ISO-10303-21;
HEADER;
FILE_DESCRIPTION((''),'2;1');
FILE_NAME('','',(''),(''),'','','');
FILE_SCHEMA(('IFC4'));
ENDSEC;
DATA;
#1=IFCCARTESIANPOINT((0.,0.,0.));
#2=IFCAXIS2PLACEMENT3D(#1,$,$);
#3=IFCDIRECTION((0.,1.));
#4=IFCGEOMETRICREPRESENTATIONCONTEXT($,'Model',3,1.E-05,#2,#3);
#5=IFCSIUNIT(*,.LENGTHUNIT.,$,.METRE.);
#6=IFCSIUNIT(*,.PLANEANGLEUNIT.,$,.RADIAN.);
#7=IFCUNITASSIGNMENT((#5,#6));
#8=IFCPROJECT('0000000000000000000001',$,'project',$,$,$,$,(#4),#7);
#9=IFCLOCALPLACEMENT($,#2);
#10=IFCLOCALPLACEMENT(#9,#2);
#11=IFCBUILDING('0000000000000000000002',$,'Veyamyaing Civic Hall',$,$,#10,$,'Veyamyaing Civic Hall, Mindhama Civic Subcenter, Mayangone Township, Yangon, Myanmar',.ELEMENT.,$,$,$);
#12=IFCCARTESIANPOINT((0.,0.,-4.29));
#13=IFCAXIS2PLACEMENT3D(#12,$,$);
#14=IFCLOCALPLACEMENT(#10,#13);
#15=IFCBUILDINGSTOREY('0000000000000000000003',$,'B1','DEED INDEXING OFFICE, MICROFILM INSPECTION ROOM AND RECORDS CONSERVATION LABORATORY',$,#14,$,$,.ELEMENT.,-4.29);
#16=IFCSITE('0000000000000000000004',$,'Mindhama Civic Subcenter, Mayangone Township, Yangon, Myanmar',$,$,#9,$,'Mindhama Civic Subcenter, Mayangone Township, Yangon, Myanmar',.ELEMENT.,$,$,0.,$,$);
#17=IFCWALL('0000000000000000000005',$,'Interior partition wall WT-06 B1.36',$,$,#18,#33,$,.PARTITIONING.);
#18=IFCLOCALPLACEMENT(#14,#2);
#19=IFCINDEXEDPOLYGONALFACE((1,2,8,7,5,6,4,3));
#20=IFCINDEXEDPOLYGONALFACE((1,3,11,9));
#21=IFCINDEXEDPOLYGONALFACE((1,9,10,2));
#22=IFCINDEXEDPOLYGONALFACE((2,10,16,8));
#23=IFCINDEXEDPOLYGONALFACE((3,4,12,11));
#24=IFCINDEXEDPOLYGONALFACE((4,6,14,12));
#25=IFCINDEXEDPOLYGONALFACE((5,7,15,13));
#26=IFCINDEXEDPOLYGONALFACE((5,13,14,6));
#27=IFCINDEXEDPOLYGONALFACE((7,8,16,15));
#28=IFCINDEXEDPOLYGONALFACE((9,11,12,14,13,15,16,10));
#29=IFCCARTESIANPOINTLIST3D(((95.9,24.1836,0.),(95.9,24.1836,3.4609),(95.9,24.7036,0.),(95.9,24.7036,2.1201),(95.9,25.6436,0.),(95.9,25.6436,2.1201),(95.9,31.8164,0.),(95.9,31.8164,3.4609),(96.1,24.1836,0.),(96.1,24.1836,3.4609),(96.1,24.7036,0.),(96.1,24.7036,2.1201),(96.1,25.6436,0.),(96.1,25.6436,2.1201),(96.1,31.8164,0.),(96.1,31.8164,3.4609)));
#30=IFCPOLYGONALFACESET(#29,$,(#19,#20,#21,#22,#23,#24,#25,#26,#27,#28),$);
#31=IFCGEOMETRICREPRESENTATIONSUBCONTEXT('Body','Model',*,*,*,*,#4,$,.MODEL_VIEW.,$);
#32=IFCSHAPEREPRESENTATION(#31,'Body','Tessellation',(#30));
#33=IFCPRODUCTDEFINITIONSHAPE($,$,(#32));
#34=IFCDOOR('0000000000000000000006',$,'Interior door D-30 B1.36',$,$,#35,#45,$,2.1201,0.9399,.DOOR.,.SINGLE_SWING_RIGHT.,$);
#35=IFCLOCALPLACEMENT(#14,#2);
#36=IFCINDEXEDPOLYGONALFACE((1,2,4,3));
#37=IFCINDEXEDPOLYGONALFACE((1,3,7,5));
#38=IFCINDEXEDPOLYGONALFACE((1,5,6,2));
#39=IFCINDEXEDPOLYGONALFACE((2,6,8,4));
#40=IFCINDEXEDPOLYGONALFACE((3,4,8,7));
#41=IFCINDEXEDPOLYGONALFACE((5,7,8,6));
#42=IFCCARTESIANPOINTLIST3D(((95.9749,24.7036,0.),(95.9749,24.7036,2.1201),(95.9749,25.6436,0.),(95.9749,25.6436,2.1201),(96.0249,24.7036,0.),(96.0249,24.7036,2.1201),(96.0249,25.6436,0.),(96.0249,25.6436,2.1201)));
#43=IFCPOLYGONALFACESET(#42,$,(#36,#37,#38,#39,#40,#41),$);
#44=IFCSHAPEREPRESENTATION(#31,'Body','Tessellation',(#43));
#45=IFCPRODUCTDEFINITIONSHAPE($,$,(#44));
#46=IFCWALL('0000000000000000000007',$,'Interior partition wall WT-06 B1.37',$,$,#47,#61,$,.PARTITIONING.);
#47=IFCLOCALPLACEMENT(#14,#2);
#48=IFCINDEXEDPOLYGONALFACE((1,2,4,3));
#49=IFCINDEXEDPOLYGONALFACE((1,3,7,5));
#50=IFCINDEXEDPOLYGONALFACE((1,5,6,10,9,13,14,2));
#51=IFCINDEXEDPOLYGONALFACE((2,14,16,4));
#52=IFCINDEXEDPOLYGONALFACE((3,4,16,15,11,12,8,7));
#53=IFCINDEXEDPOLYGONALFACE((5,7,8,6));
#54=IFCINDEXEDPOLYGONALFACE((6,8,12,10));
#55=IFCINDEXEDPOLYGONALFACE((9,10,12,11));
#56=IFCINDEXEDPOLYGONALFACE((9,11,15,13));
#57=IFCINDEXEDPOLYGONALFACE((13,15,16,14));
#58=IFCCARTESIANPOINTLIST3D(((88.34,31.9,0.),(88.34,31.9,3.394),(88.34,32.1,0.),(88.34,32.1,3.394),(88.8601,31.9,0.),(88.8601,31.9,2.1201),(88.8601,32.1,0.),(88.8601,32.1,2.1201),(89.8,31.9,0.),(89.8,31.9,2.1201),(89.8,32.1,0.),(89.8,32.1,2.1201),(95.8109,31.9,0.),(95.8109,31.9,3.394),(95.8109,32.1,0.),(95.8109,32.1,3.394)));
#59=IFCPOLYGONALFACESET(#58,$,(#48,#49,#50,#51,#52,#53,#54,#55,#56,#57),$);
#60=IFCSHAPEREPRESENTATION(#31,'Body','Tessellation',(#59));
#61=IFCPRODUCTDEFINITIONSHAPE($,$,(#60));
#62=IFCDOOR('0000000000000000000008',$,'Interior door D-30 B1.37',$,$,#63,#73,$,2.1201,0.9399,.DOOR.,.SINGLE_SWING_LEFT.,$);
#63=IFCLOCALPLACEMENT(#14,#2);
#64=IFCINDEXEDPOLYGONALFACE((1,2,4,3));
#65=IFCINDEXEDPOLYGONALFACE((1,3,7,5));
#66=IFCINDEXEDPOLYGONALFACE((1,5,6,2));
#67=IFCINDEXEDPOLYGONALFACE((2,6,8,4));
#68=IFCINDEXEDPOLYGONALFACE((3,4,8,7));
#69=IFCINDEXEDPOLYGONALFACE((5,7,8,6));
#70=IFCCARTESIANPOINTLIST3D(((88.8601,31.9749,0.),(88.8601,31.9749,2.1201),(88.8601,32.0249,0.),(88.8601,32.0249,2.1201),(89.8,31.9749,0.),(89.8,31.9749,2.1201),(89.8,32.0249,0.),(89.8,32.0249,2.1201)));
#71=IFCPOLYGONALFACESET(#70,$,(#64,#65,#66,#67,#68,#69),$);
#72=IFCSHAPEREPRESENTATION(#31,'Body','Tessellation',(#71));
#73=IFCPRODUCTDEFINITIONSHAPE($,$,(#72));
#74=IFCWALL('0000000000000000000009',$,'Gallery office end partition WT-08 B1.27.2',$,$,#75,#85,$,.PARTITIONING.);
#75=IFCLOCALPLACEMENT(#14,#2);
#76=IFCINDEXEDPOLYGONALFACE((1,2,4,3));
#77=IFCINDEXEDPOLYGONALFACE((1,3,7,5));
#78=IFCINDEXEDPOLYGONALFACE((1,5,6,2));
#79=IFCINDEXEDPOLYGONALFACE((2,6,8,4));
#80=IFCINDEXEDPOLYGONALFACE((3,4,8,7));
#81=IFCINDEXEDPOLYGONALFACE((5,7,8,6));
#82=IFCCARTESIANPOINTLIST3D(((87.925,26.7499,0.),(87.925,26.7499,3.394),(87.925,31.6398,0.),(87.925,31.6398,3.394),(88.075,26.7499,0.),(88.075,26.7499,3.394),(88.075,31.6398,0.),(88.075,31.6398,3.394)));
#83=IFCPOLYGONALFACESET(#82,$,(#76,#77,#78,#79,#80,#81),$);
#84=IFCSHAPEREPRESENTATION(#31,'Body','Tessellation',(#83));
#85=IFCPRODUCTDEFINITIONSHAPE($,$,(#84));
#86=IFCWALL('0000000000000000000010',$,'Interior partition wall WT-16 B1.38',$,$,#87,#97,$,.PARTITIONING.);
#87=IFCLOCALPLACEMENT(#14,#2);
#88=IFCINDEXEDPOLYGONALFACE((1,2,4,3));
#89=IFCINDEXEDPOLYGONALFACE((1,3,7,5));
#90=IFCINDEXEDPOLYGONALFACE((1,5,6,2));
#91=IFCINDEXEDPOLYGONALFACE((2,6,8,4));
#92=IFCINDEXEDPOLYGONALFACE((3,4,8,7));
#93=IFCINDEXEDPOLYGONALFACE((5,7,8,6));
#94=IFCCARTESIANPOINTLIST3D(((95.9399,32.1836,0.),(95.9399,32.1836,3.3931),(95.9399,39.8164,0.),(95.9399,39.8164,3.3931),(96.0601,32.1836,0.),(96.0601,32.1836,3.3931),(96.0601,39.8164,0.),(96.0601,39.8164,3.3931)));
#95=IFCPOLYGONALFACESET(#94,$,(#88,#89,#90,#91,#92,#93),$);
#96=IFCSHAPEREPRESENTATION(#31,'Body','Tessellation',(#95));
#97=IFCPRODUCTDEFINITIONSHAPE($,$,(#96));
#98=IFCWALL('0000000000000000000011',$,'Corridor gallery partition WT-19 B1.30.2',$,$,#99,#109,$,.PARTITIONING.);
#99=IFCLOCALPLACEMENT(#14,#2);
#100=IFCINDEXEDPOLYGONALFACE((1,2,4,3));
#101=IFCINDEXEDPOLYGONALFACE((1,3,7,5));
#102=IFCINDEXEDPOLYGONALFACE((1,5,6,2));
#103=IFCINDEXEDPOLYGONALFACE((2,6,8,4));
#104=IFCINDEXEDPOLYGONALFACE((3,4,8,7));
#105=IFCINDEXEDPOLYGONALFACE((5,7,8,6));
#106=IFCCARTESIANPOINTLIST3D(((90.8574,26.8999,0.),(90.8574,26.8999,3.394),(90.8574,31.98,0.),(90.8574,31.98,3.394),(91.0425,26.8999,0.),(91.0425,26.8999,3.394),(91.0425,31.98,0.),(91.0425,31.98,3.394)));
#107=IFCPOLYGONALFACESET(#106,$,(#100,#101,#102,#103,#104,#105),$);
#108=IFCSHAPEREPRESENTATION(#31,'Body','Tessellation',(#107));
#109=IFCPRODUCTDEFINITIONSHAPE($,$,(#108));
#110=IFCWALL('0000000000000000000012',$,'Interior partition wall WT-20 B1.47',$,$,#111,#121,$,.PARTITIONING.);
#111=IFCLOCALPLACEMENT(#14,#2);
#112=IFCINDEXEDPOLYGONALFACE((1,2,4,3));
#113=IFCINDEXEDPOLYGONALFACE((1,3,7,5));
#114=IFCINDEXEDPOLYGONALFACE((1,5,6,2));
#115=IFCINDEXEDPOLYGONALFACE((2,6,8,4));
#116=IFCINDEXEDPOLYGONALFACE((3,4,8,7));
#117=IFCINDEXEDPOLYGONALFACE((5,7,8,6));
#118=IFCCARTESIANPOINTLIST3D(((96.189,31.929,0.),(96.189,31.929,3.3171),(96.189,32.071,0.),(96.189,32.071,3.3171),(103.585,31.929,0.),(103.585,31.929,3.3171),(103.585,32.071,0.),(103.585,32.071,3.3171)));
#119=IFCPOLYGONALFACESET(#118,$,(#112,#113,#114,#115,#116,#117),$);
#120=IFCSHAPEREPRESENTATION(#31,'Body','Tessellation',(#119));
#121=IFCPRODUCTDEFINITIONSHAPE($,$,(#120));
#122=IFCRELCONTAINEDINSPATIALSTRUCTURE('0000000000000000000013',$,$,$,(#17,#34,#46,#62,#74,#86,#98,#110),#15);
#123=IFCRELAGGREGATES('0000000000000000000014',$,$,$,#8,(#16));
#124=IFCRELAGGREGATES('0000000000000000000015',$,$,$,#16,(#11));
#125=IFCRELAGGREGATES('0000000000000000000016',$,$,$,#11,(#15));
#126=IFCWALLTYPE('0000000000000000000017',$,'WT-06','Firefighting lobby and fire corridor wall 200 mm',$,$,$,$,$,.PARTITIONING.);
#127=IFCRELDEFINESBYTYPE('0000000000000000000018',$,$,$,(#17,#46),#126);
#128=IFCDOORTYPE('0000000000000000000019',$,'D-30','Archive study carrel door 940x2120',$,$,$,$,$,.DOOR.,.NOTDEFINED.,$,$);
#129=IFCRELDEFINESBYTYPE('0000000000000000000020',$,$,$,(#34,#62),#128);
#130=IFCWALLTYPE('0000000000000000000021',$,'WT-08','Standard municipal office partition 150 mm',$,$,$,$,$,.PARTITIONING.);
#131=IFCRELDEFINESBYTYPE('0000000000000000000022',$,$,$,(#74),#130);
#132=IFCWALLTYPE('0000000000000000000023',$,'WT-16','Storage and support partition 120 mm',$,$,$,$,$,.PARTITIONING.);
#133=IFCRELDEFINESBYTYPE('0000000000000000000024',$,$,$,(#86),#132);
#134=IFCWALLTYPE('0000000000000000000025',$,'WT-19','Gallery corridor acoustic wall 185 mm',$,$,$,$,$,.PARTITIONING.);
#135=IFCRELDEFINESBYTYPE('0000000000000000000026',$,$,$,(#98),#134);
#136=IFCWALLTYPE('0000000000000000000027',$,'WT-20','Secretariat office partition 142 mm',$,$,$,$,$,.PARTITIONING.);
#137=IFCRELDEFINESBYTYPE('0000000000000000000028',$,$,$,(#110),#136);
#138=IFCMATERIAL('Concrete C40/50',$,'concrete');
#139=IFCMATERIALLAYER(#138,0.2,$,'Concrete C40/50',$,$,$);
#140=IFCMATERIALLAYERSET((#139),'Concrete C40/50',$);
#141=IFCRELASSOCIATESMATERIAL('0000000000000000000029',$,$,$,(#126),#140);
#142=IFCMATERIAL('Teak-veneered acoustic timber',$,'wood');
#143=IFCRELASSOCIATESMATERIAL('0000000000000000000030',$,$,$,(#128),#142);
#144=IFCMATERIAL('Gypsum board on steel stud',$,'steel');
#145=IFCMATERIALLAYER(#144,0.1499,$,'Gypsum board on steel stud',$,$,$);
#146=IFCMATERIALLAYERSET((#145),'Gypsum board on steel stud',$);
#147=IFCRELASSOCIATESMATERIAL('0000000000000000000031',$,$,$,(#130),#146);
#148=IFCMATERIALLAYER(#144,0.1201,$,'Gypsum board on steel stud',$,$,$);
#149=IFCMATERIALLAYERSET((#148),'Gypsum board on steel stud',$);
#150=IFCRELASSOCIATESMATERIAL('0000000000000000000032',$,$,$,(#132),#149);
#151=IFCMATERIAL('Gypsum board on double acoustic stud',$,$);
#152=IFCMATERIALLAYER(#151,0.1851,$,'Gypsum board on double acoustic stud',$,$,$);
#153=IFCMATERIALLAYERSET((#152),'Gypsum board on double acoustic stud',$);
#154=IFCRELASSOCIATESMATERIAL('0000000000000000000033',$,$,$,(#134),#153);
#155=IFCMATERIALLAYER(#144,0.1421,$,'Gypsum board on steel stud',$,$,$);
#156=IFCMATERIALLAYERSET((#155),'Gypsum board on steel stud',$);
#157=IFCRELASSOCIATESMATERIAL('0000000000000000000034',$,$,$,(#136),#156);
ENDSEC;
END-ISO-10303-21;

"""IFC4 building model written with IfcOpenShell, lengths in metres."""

from ifc_helpers import new_model, si_unit, direction, frame, frame_2d, origin, place, context, subcontext, project, spatial, rectangle, extrude, material, layer, layer_set, type_object, element, fill, save


model = new_model("IFC4")

# Units and contexts
model_context = context("Model", 3, precision=1e-05, world=origin(), true_north=direction((0.0, 1.0)))
body_context = subcontext(model_context, "Body", "Model", "MODEL_VIEW")
ifc_project = project(units=[si_unit("LENGTHUNIT", "METRE"), si_unit("PLANEANGLEUNIT", "RADIAN")], contexts=[model_context])

# Site, building, storey
site_placement = place(None, origin())
site = spatial("IfcSite", under=ifc_project, at=site_placement, Name="Mindhama Civic Subcenter, Mayangone Township, Yangon, Myanmar", LongName="Mindhama Civic Subcenter, Mayangone Township, Yangon, Myanmar", CompositionType="ELEMENT", RefElevation=0.0)
building_placement = place(site_placement, origin())
building = spatial("IfcBuilding", under=site, at=building_placement, Name="Veyamyaing Civic Hall", LongName="Veyamyaing Civic Hall, Mindhama Civic Subcenter, Mayangone Township, Yangon, Myanmar", CompositionType="ELEMENT")
storey_placement = place(building_placement, frame((0.0, 0.0, -4.29)))
storey = spatial("IfcBuildingStorey", under=building, at=storey_placement, Name="B1", Description="DEED INDEXING OFFICE, MICROFILM INSPECTION ROOM AND RECORDS CONSERVATION LABORATORY", CompositionType="ELEMENT", Elevation=-4.29)

# Shared definitions
ifc_material_1 = material(Name="Concrete C40/50", Category="concrete")

# Walls, openings, doors
ifc_layer_1 = layer(ifc_material_1, 0.2, Name="Concrete C40/50")
ifc_layer_set_1 = layer_set([ifc_layer_1], Name="Concrete C40/50")
wall_type_1 = type_object("IfcWallType", Name="WT-06", Description="Firefighting lobby and fire corridor wall 200 mm", PredefinedType="PARTITIONING", material=ifc_layer_set_1)
wall_1_placement = place(storey_placement, frame((96.0, 24.1836, 0.0), z_axis=(0.0, 0.0, 1.0), x_axis=(0.0, 1.0, 0.0)))
wall_1 = element("IfcWall", 1, at=wall_1_placement, inside=storey, type_object=wall_type_1, Name="Interior partition wall WT-06 B1.36", PredefinedType="PARTITIONING", context=body_context, shape_type="SweptSolid", body=[
    extrude(rectangle(XDim=7.6328, YDim=0.2, at=frame_2d((3.8164, 0.0))), origin(), (0.0, 0.0, 1.0), 3.4609),
])
opening_1_placement = place(wall_1_placement, frame((0.52, 0.0, 0.0)))
opening_1 = element("IfcOpeningElement", 2, at=opening_1_placement, cuts=wall_1, PredefinedType="OPENING", context=body_context, shape_type="SweptSolid", body=[
    extrude(rectangle(XDim=0.9399, YDim=2.1201, at=frame_2d((0.47, 1.0601))), frame((0.0, 0.1099, 0.0), z_axis=(0.0, -1.0, 0.0), x_axis=(1.0, 0.0, 0.0)), (0.0, 0.0, 1.0), 0.22),
])
ifc_material_2 = material(Name="Teak-veneered acoustic timber", Category="wood")
door_type_1 = type_object("IfcDoorType", Name="D-30", Description="Archive study carrel door 940x2120", OperationType="NOTDEFINED", PredefinedType="DOOR", material=ifc_material_2)
door_1_placement = place(opening_1_placement, frame((0.9399, 0.0, 0.0), z_axis=(0.0, 0.0, 1.0), x_axis=(-1.0, 0.0, 0.0)))
door_1 = element("IfcDoor", 3, at=door_1_placement, inside=storey, type_object=door_type_1, Name="Interior door D-30 B1.36", OperationType="SINGLE_SWING_RIGHT", OverallHeight=2.1201, OverallWidth=0.9399, PredefinedType="DOOR", context=body_context, shape_type="SweptSolid", body=[
    extrude(rectangle(XDim=0.9399, YDim=2.1201, at=frame_2d((0.47, 1.0601))), frame((0.0, 0.0249, 0.0), z_axis=(0.0, -1.0, 0.0), x_axis=(1.0, 0.0, 0.0)), (0.0, 0.0, 1.0), 0.05),
])
fill(opening_1, door_1)
wall_2_placement = place(storey_placement, frame((88.3401, 32.0, 0.0), z_axis=(0.0, 0.0, 1.0), x_axis=(1.0, 0.0, 0.0)))
wall_2 = element("IfcWall", 4, at=wall_2_placement, inside=storey, type_object=wall_type_1, Name="Interior partition wall WT-06 B1.37", PredefinedType="PARTITIONING", context=body_context, shape_type="SweptSolid", body=[
    extrude(rectangle(XDim=7.4709, YDim=0.2, at=frame_2d((3.7354, 0.0))), origin(), (0.0, 0.0, 1.0), 3.394),
])
opening_2_placement = place(wall_2_placement, frame((0.52, 0.0, 0.0)))
opening_2 = element("IfcOpeningElement", 5, at=opening_2_placement, cuts=wall_2, PredefinedType="OPENING", context=body_context, shape_type="SweptSolid", body=[
    extrude(rectangle(XDim=0.9399, YDim=2.1201, at=frame_2d((0.47, 1.0601))), frame((0.0, 0.1099, 0.0), z_axis=(0.0, -1.0, 0.0), x_axis=(1.0, 0.0, 0.0)), (0.0, 0.0, 1.0), 0.22),
])
door_2_placement = place(opening_2_placement, origin())
door_2 = element("IfcDoor", 6, at=door_2_placement, inside=storey, type_object=door_type_1, Name="Interior door D-30 B1.37", OperationType="SINGLE_SWING_LEFT", OverallHeight=2.1201, OverallWidth=0.9399, PredefinedType="DOOR", context=body_context, shape_type="SweptSolid", body=[
    extrude(rectangle(XDim=0.9399, YDim=2.1201, at=frame_2d((0.47, 1.0601))), frame((0.0, 0.0249, 0.0), z_axis=(0.0, -1.0, 0.0), x_axis=(1.0, 0.0, 0.0)), (0.0, 0.0, 1.0), 0.05),
])
fill(opening_2, door_2)

# Walls
ifc_material_3 = material(Name="Gypsum board on steel stud", Category="steel")
ifc_layer_2 = layer(ifc_material_3, 0.1499, Name="Gypsum board on steel stud")
ifc_layer_set_2 = layer_set([ifc_layer_2], Name="Gypsum board on steel stud")
wall_type_2 = type_object("IfcWallType", Name="WT-08", Description="Standard municipal office partition 150 mm", PredefinedType="PARTITIONING", material=ifc_layer_set_2)
wall_3_placement = place(storey_placement, frame((88.0, 26.75, 0.0), z_axis=(0.0, 0.0, 1.0), x_axis=(0.0, 1.0, 0.0)))
element("IfcWall", 7, at=wall_3_placement, inside=storey, type_object=wall_type_2, Name="Gallery office end partition WT-08 B1.27.2", PredefinedType="PARTITIONING", context=body_context, shape_type="SweptSolid", body=[
    extrude(rectangle(XDim=4.8899, YDim=0.1499, at=frame_2d((2.4448, 0.0))), origin(), (0.0, 0.0, 1.0), 3.394),
])
ifc_layer_3 = layer(ifc_material_3, 0.1201, Name="Gypsum board on steel stud")
ifc_layer_set_3 = layer_set([ifc_layer_3], Name="Gypsum board on steel stud")
wall_type_3 = type_object("IfcWallType", Name="WT-16", Description="Storage and support partition 120 mm", PredefinedType="PARTITIONING", material=ifc_layer_set_3)
wall_4_placement = place(storey_placement, frame((96.0, 32.1836, 0.0), z_axis=(0.0, 0.0, 1.0), x_axis=(0.0, 1.0, 0.0)))
element("IfcWall", 8, at=wall_4_placement, inside=storey, type_object=wall_type_3, Name="Interior partition wall WT-16 B1.38", PredefinedType="PARTITIONING", context=body_context, shape_type="SweptSolid", body=[
    extrude(rectangle(XDim=7.6328, YDim=0.1201, at=frame_2d((3.8164, 0.0))), origin(), (0.0, 0.0, 1.0), 3.3931),
])

# Shared definitions
ifc_material_4 = material(Name="Gypsum board on double acoustic stud")
ifc_layer_4 = layer(ifc_material_4, 0.1851, Name="Gypsum board on double acoustic stud")
ifc_layer_set_4 = layer_set([ifc_layer_4], Name="Gypsum board on double acoustic stud")
wall_type_4 = type_object("IfcWallType", Name="WT-19", Description="Gallery corridor acoustic wall 185 mm", PredefinedType="PARTITIONING", material=ifc_layer_set_4)

# Walls
wall_5_placement = place(storey_placement, frame((90.95, 26.8999, 0.0), z_axis=(0.0, 0.0, 1.0), x_axis=(0.0, 1.0, 0.0)))
element("IfcWall", 9, at=wall_5_placement, inside=storey, type_object=wall_type_4, Name="Corridor gallery partition WT-19 B1.30.2", PredefinedType="PARTITIONING", context=body_context, shape_type="SweptSolid", body=[
    extrude(rectangle(XDim=5.0801, YDim=0.1851, at=frame_2d((2.54, 0.0))), origin(), (0.0, 0.0, 1.0), 3.394),
])
ifc_layer_5 = layer(ifc_material_3, 0.1421, Name="Gypsum board on steel stud")
ifc_layer_set_5 = layer_set([ifc_layer_5], Name="Gypsum board on steel stud")
wall_type_5 = type_object("IfcWallType", Name="WT-20", Description="Secretariat office partition 142 mm", PredefinedType="PARTITIONING", material=ifc_layer_set_5)
wall_6_placement = place(storey_placement, frame((96.189, 32.0, 0.0), z_axis=(0.0, 0.0, 1.0), x_axis=(1.0, 0.0, 0.0)))
element("IfcWall", 10, at=wall_6_placement, inside=storey, type_object=wall_type_5, Name="Interior partition wall WT-20 B1.47", PredefinedType="PARTITIONING", context=body_context, shape_type="SweptSolid", body=[
    extrude(rectangle(XDim=7.396, YDim=0.1421, at=frame_2d((3.698, 0.0))), origin(), (0.0, 0.0, 1.0), 3.3171),
])

save(model, "model.ifc")
